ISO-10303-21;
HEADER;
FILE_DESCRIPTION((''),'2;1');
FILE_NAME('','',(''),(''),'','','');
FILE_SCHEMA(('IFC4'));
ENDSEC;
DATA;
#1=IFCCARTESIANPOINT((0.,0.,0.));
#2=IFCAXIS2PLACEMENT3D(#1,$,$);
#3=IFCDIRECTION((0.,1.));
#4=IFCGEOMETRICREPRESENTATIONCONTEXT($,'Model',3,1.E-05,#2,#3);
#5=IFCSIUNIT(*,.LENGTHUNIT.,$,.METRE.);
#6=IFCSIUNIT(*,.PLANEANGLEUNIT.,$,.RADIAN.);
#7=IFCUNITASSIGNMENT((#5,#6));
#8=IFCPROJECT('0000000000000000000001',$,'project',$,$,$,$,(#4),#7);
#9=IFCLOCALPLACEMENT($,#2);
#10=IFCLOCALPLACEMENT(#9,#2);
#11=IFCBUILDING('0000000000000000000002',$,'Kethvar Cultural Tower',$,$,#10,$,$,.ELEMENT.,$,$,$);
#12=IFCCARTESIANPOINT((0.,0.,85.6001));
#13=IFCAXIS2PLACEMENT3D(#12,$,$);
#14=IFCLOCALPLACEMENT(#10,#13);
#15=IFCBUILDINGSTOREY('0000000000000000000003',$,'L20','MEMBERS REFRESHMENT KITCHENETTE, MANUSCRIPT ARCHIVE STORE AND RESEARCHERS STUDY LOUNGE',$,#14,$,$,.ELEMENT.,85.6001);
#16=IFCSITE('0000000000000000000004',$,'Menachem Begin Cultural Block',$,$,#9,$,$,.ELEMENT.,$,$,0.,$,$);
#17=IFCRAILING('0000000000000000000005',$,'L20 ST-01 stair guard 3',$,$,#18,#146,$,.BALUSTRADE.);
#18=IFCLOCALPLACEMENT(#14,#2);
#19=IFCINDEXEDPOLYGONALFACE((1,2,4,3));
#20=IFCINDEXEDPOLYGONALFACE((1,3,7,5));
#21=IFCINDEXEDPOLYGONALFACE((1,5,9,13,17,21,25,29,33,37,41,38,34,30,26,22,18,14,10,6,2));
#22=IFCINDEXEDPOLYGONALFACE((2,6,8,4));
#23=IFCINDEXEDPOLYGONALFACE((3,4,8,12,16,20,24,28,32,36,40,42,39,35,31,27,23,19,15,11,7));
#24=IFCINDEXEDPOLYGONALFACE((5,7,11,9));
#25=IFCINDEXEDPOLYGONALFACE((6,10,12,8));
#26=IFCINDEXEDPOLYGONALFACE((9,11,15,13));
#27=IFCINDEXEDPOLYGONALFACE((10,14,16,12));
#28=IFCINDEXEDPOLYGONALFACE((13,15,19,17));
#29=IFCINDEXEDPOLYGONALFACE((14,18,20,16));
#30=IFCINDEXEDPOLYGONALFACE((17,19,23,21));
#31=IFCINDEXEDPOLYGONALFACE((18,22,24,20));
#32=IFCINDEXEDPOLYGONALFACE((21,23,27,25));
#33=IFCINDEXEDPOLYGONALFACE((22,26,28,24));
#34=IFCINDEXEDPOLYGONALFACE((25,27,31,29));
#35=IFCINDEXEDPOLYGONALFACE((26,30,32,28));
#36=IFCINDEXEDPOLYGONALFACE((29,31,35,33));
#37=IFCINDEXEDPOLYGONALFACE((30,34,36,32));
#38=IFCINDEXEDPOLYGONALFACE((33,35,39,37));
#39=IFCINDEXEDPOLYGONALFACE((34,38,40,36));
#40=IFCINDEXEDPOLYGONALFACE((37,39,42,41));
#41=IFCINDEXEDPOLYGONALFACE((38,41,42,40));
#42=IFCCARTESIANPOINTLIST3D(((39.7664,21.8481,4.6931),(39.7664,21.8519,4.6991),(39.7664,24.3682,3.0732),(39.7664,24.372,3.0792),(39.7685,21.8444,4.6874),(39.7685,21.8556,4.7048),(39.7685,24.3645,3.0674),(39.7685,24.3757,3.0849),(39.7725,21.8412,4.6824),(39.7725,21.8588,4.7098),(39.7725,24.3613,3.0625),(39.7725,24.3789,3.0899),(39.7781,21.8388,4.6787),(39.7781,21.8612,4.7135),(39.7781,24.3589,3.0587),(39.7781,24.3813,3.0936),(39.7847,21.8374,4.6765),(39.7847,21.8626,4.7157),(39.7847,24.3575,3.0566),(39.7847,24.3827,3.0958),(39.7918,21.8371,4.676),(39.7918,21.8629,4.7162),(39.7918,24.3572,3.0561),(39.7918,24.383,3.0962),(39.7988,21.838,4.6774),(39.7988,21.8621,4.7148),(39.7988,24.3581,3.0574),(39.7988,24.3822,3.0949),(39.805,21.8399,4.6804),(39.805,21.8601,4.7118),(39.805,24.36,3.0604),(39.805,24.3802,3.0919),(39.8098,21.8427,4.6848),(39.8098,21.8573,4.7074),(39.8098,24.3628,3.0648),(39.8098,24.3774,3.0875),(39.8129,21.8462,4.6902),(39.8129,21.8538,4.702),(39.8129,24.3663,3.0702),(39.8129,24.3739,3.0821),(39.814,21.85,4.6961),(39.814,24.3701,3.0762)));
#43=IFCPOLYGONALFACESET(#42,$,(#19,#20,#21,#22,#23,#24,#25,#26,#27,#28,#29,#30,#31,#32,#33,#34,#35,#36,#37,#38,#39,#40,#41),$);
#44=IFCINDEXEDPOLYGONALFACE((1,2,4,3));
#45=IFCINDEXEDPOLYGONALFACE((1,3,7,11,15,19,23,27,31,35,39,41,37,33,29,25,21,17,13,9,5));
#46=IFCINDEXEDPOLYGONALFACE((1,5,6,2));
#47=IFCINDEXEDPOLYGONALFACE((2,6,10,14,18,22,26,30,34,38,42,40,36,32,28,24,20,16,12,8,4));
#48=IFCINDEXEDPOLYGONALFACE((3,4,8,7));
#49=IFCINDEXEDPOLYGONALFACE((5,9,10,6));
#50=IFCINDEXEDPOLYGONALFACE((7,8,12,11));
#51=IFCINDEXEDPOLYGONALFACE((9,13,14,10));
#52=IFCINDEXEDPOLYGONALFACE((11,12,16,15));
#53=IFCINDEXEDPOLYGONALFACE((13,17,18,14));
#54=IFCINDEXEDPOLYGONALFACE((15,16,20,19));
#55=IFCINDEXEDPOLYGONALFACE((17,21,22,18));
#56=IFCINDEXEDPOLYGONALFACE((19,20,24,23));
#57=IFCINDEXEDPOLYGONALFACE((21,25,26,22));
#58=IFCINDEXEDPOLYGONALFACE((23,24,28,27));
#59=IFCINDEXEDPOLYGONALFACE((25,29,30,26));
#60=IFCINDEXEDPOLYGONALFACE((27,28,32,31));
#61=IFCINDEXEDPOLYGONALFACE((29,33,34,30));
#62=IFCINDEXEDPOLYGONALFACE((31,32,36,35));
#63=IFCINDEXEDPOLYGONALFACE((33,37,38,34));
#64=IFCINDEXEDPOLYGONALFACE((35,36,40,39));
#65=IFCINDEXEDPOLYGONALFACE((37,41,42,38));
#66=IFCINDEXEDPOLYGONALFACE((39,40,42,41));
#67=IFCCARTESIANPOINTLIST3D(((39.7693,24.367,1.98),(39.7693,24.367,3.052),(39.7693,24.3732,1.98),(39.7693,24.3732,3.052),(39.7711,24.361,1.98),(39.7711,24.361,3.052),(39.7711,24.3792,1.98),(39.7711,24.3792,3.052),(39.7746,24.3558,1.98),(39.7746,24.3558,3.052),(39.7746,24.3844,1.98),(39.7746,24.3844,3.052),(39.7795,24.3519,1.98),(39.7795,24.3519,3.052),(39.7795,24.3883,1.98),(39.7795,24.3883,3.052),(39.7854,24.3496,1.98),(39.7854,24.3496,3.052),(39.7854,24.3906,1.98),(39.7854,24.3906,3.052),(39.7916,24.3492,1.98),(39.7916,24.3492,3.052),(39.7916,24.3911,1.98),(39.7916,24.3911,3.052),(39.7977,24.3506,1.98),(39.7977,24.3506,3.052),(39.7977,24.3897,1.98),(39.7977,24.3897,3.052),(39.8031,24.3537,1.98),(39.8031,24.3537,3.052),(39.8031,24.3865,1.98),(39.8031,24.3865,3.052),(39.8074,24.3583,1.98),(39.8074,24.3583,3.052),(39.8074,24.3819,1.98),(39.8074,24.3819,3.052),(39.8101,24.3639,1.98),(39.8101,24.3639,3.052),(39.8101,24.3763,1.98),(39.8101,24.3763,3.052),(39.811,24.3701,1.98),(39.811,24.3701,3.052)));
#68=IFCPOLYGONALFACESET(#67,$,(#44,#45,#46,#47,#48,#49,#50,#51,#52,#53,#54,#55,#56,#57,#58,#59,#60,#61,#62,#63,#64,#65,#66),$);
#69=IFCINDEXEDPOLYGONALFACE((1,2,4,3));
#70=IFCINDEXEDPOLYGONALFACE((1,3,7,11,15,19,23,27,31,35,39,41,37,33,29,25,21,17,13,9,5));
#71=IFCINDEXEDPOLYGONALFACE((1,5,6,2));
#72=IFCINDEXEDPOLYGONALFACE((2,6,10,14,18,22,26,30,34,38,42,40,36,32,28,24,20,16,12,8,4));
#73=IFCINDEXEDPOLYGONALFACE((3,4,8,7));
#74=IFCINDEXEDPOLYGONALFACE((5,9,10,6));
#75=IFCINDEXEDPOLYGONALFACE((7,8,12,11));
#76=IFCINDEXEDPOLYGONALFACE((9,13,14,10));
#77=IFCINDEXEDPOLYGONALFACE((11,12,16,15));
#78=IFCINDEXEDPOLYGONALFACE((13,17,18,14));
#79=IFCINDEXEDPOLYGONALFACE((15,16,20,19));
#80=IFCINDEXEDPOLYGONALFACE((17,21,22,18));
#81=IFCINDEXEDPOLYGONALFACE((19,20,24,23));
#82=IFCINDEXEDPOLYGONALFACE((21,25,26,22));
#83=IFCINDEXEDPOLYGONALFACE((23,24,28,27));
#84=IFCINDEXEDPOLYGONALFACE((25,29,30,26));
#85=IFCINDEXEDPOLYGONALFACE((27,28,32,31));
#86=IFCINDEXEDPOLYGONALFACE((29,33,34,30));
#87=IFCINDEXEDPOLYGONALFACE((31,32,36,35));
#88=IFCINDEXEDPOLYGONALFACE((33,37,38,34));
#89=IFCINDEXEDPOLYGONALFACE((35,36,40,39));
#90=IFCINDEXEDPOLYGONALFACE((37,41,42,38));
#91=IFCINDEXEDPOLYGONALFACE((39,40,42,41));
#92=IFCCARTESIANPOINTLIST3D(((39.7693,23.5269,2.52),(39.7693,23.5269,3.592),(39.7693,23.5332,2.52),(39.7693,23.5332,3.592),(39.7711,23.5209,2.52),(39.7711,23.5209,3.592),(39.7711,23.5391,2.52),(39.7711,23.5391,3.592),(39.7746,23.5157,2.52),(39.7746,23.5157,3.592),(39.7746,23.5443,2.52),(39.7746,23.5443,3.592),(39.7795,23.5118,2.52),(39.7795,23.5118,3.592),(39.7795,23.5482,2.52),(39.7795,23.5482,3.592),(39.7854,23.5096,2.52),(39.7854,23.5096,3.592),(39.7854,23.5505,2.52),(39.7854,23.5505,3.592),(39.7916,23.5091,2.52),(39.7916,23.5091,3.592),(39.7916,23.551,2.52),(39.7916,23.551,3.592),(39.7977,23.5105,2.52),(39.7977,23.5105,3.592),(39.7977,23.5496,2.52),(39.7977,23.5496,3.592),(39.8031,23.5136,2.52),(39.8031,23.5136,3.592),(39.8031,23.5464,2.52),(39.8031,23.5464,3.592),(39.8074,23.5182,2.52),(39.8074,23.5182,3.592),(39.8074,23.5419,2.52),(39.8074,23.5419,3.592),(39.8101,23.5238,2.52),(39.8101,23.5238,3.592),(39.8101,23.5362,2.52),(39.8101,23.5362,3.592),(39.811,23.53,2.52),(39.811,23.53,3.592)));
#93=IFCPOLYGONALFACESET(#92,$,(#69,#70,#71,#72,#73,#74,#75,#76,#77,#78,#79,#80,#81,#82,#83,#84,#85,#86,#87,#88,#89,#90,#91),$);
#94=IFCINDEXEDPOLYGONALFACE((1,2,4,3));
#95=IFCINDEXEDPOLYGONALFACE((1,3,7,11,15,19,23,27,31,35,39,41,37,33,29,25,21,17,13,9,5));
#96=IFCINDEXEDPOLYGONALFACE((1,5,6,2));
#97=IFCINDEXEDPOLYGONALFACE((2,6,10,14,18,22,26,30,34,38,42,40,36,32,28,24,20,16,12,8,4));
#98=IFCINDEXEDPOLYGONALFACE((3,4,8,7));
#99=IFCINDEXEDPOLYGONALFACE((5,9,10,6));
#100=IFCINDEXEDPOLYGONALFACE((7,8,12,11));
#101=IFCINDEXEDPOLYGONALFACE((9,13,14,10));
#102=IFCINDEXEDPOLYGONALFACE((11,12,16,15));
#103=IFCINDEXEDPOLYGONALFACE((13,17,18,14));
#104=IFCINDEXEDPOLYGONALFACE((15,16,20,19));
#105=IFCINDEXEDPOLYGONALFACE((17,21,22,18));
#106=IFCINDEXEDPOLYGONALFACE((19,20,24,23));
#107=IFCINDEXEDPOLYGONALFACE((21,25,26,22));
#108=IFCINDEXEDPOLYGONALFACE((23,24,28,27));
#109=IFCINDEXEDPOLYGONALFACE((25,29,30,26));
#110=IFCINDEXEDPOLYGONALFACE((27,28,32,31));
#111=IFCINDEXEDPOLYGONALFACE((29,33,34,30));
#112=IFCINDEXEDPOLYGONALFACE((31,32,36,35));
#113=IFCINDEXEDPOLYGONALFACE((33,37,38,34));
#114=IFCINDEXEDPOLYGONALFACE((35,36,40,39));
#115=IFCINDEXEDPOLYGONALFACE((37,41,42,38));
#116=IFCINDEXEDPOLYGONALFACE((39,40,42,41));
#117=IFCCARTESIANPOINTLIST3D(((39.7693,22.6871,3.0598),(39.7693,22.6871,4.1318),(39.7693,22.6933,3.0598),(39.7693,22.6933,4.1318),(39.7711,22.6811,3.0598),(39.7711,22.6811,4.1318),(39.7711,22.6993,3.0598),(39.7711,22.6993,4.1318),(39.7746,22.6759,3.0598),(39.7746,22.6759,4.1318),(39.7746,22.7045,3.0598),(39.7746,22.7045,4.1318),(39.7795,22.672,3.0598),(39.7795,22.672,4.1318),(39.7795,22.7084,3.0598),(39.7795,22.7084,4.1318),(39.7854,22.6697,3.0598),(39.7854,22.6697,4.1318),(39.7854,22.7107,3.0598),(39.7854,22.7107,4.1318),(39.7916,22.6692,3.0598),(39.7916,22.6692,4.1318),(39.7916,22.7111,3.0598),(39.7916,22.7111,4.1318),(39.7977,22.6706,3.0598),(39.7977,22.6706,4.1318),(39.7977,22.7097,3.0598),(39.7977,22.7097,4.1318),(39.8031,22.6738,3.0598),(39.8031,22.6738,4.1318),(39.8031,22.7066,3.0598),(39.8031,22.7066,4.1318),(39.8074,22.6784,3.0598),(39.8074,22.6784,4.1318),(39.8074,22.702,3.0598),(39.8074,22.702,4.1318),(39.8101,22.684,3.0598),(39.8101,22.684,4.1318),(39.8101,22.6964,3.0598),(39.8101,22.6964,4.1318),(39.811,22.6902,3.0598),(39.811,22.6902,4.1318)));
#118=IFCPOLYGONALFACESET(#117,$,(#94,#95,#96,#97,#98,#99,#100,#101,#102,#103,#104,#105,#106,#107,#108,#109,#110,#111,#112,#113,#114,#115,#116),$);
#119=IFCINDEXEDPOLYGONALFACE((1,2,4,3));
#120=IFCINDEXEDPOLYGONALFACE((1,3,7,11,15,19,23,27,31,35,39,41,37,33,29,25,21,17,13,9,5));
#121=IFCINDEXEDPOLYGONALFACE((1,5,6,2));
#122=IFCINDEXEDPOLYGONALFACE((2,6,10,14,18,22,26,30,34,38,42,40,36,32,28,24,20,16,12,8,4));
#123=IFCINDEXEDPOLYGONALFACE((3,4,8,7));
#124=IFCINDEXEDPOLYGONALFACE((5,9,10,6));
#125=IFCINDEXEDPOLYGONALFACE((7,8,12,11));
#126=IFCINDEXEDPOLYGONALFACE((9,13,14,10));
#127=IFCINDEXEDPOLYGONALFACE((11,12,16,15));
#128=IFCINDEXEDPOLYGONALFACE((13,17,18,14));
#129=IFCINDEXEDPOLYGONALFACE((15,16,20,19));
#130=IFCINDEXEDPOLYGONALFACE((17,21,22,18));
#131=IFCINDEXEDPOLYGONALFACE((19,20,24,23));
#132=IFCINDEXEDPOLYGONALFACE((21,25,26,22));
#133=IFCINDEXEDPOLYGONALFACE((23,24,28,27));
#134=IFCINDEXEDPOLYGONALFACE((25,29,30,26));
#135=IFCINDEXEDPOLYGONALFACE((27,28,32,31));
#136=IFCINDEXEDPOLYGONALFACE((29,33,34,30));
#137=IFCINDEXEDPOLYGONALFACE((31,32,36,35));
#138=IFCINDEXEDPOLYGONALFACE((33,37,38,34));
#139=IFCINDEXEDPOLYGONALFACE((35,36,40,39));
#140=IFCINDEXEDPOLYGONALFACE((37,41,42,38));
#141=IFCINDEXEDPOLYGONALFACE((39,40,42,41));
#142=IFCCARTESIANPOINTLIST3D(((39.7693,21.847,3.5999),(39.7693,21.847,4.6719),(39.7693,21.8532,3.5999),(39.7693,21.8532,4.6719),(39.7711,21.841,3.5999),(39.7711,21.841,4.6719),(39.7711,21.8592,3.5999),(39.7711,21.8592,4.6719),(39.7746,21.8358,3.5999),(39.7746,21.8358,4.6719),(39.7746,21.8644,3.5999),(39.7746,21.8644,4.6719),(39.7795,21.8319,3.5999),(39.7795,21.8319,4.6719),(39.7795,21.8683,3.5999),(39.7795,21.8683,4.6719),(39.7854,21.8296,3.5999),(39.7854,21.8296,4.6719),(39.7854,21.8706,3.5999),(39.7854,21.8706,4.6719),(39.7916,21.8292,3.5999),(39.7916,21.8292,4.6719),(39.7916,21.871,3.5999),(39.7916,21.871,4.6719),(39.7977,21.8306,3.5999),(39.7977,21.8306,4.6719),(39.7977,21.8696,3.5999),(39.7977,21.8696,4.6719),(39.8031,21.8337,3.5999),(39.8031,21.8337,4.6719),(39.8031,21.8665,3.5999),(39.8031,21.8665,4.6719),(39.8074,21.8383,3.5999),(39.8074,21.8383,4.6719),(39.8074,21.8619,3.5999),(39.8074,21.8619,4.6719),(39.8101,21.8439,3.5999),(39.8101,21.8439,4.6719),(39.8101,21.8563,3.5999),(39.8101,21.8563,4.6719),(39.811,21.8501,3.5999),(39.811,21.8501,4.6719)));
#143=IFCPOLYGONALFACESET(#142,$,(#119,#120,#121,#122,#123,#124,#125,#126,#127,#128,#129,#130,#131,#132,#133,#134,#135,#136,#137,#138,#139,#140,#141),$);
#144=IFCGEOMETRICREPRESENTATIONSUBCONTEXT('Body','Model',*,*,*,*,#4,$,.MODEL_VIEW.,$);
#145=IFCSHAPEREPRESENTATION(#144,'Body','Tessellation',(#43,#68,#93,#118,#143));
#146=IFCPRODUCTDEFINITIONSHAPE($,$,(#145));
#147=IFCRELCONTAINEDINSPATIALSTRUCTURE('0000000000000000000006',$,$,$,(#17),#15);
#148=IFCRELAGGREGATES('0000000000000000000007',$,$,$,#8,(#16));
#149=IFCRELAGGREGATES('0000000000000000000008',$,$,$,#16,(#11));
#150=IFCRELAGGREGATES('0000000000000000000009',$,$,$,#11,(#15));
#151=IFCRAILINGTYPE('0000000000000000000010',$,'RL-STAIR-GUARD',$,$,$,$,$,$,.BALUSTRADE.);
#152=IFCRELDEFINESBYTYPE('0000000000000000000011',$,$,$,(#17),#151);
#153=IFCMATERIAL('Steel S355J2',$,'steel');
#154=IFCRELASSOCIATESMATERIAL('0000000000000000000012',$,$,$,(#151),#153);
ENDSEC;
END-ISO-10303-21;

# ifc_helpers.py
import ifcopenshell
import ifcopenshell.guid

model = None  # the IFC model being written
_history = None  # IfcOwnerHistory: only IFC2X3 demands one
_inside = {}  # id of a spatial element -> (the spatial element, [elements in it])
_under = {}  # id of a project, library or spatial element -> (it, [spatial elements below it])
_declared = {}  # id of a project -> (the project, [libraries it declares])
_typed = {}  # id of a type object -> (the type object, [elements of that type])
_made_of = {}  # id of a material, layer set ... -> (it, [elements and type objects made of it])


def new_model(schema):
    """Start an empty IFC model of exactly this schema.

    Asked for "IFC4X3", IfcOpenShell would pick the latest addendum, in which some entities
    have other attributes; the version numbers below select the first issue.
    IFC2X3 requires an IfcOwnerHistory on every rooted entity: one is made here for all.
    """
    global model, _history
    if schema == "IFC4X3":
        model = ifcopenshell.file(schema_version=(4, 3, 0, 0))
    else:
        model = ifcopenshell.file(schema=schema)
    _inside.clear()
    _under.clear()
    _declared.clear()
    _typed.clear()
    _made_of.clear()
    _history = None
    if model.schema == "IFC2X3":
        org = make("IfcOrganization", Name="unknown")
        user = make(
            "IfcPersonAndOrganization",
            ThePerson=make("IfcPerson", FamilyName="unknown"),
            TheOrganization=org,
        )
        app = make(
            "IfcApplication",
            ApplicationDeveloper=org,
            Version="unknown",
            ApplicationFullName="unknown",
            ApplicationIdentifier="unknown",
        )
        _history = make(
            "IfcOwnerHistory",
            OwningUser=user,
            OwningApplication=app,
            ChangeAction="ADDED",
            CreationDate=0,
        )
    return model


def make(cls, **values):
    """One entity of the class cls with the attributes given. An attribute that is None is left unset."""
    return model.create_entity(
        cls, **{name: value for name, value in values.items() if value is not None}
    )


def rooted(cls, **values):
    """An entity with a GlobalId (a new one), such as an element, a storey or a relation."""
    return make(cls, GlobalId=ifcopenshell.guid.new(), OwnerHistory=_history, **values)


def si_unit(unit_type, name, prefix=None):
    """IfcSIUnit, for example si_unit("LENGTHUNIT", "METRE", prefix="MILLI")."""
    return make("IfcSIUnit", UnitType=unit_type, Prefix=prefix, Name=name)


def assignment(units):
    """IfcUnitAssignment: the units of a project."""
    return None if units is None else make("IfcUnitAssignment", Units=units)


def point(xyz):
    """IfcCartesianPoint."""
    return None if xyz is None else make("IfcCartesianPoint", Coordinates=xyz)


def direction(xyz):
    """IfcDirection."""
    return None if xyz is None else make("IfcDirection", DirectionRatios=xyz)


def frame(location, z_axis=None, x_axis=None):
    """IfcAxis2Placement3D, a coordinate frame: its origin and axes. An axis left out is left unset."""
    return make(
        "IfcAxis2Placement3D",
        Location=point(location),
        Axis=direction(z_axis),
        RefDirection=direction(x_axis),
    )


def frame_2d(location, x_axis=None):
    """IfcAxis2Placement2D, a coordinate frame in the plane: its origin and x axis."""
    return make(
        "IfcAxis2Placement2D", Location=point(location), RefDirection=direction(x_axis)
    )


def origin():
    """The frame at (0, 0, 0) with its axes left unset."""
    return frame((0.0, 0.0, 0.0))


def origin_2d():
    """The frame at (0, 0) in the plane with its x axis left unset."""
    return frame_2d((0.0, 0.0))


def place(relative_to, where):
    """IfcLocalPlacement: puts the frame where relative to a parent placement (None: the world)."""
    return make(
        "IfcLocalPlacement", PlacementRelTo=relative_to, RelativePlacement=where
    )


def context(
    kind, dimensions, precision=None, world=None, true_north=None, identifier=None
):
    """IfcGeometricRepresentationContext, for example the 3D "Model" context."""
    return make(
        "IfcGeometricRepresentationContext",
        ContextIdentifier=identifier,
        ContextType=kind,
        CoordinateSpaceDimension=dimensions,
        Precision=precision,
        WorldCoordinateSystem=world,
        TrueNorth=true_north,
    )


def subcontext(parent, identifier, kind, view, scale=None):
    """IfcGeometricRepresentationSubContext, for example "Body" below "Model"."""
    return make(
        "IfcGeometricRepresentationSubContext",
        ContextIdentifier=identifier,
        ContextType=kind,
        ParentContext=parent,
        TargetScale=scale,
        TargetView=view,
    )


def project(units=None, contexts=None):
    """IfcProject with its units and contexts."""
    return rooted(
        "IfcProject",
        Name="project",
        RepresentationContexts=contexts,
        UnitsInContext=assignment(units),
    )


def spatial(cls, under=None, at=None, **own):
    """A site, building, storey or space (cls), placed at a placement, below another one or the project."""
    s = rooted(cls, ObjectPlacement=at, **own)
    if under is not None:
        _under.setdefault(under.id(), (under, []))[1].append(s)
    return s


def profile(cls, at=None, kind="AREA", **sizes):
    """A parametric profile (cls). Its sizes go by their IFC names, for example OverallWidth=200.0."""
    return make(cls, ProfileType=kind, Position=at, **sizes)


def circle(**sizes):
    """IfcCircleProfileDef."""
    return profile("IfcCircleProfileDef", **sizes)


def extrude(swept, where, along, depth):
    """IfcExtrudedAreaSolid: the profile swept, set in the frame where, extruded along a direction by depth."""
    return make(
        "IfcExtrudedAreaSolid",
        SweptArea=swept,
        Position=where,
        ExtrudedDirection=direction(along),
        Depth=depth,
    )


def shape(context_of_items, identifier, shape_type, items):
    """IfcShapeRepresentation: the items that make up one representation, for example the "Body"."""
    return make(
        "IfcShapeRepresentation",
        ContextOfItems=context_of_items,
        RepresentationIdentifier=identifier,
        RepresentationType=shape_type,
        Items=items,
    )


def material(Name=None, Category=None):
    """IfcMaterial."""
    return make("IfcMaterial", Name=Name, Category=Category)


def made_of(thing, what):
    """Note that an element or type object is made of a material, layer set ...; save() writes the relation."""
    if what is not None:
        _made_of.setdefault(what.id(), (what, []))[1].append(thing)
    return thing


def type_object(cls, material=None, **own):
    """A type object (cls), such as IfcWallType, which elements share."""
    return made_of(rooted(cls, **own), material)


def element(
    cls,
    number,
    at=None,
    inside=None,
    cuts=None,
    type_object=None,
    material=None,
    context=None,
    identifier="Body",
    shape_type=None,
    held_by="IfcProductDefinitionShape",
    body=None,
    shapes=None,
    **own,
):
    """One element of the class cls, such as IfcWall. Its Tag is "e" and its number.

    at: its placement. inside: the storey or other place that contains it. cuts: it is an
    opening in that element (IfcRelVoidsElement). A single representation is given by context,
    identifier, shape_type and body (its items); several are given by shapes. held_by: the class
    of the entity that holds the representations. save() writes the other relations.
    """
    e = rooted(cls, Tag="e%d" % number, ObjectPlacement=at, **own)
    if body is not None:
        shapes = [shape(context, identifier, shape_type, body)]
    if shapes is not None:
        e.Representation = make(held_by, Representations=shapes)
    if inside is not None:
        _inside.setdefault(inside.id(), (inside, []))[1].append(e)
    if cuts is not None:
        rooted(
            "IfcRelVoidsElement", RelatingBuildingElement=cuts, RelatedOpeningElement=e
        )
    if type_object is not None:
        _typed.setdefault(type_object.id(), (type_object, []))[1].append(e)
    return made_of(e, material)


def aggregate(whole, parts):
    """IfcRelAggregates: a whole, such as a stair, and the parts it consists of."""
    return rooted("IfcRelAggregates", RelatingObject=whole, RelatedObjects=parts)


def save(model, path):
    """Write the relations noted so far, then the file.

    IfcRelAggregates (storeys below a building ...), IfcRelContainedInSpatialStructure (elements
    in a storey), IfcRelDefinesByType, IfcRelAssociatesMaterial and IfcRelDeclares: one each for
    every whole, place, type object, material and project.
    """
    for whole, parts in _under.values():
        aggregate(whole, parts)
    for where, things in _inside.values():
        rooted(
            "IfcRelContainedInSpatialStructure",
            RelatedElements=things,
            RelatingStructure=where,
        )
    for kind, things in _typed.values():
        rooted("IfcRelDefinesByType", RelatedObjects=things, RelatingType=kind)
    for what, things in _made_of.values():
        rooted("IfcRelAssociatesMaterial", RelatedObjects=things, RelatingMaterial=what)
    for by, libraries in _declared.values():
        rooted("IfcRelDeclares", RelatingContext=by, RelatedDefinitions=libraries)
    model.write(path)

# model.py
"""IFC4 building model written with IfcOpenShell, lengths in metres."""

from ifc_helpers import new_model, si_unit, direction, frame, origin, origin_2d, place, context, subcontext, project, spatial, circle, extrude, material, type_object, element, save


model = new_model("IFC4")

# Units and contexts
model_context = context("Model", 3, precision=1e-05, world=origin(), true_north=direction((0.0, 1.0)))
body_context = subcontext(model_context, "Body", "Model", "MODEL_VIEW")
ifc_project = project(units=[si_unit("LENGTHUNIT", "METRE"), si_unit("PLANEANGLEUNIT", "RADIAN")], contexts=[model_context])

# Site, building, storey
site_placement = place(None, origin())
site = spatial("IfcSite", under=ifc_project, at=site_placement, Name="Menachem Begin Cultural Block", CompositionType="ELEMENT", RefElevation=0.0)
building_placement = place(site_placement, origin())
building = spatial("IfcBuilding", under=site, at=building_placement, Name="Kethvar Cultural Tower", CompositionType="ELEMENT")
storey_placement = place(building_placement, frame((0.0, 0.0, 85.6001)))
storey = spatial("IfcBuildingStorey", under=building, at=storey_placement, Name="L20", Description="MEMBERS REFRESHMENT KITCHENETTE, MANUSCRIPT ARCHIVE STORE AND RESEARCHERS STUDY LOUNGE", CompositionType="ELEMENT", Elevation=85.6001)

# Shared definitions
ifc_material_1 = material(Name="Steel S355J2", Category="steel")

# Railing
railing_type_1 = type_object("IfcRailingType", Name="RL-STAIR-GUARD", PredefinedType="BALUSTRADE", material=ifc_material_1)
railing_1_placement = place(storey_placement, frame((39.79, 24.3701, 1.98)))
element("IfcRailing", 1, at=railing_1_placement, inside=storey, type_object=railing_type_1, Name="L20 ST-01 stair guard 3", PredefinedType="BALUSTRADE", context=body_context, shape_type="SweptSolid", body=[
    extrude(circle(Radius=0.0239, at=origin_2d()), frame((0.0, 0.0, 1.0962), z_axis=(0.0, -0.8412, 0.540725), x_axis=(1.0, 0.0, 0.0)), (0.0, 0.0, 1.0), 2.9958),
    extrude(circle(Radius=0.021, at=origin_2d()), origin(), (0.0, 0.0, 1.0), 1.072),
    extrude(circle(Radius=0.021, at=origin_2d()), frame((0.0, -0.8401, 0.54)), (0.0, 0.0, 1.0), 1.072),
    extrude(circle(Radius=0.021, at=origin_2d()), frame((0.0, -1.6799, 1.0798)), (0.0, 0.0, 1.0), 1.072),
    extrude(circle(Radius=0.021, at=origin_2d()), frame((0.0, -2.52, 1.6199)), (0.0, 0.0, 1.0), 1.072),
])

save(model, "model.ifc")
